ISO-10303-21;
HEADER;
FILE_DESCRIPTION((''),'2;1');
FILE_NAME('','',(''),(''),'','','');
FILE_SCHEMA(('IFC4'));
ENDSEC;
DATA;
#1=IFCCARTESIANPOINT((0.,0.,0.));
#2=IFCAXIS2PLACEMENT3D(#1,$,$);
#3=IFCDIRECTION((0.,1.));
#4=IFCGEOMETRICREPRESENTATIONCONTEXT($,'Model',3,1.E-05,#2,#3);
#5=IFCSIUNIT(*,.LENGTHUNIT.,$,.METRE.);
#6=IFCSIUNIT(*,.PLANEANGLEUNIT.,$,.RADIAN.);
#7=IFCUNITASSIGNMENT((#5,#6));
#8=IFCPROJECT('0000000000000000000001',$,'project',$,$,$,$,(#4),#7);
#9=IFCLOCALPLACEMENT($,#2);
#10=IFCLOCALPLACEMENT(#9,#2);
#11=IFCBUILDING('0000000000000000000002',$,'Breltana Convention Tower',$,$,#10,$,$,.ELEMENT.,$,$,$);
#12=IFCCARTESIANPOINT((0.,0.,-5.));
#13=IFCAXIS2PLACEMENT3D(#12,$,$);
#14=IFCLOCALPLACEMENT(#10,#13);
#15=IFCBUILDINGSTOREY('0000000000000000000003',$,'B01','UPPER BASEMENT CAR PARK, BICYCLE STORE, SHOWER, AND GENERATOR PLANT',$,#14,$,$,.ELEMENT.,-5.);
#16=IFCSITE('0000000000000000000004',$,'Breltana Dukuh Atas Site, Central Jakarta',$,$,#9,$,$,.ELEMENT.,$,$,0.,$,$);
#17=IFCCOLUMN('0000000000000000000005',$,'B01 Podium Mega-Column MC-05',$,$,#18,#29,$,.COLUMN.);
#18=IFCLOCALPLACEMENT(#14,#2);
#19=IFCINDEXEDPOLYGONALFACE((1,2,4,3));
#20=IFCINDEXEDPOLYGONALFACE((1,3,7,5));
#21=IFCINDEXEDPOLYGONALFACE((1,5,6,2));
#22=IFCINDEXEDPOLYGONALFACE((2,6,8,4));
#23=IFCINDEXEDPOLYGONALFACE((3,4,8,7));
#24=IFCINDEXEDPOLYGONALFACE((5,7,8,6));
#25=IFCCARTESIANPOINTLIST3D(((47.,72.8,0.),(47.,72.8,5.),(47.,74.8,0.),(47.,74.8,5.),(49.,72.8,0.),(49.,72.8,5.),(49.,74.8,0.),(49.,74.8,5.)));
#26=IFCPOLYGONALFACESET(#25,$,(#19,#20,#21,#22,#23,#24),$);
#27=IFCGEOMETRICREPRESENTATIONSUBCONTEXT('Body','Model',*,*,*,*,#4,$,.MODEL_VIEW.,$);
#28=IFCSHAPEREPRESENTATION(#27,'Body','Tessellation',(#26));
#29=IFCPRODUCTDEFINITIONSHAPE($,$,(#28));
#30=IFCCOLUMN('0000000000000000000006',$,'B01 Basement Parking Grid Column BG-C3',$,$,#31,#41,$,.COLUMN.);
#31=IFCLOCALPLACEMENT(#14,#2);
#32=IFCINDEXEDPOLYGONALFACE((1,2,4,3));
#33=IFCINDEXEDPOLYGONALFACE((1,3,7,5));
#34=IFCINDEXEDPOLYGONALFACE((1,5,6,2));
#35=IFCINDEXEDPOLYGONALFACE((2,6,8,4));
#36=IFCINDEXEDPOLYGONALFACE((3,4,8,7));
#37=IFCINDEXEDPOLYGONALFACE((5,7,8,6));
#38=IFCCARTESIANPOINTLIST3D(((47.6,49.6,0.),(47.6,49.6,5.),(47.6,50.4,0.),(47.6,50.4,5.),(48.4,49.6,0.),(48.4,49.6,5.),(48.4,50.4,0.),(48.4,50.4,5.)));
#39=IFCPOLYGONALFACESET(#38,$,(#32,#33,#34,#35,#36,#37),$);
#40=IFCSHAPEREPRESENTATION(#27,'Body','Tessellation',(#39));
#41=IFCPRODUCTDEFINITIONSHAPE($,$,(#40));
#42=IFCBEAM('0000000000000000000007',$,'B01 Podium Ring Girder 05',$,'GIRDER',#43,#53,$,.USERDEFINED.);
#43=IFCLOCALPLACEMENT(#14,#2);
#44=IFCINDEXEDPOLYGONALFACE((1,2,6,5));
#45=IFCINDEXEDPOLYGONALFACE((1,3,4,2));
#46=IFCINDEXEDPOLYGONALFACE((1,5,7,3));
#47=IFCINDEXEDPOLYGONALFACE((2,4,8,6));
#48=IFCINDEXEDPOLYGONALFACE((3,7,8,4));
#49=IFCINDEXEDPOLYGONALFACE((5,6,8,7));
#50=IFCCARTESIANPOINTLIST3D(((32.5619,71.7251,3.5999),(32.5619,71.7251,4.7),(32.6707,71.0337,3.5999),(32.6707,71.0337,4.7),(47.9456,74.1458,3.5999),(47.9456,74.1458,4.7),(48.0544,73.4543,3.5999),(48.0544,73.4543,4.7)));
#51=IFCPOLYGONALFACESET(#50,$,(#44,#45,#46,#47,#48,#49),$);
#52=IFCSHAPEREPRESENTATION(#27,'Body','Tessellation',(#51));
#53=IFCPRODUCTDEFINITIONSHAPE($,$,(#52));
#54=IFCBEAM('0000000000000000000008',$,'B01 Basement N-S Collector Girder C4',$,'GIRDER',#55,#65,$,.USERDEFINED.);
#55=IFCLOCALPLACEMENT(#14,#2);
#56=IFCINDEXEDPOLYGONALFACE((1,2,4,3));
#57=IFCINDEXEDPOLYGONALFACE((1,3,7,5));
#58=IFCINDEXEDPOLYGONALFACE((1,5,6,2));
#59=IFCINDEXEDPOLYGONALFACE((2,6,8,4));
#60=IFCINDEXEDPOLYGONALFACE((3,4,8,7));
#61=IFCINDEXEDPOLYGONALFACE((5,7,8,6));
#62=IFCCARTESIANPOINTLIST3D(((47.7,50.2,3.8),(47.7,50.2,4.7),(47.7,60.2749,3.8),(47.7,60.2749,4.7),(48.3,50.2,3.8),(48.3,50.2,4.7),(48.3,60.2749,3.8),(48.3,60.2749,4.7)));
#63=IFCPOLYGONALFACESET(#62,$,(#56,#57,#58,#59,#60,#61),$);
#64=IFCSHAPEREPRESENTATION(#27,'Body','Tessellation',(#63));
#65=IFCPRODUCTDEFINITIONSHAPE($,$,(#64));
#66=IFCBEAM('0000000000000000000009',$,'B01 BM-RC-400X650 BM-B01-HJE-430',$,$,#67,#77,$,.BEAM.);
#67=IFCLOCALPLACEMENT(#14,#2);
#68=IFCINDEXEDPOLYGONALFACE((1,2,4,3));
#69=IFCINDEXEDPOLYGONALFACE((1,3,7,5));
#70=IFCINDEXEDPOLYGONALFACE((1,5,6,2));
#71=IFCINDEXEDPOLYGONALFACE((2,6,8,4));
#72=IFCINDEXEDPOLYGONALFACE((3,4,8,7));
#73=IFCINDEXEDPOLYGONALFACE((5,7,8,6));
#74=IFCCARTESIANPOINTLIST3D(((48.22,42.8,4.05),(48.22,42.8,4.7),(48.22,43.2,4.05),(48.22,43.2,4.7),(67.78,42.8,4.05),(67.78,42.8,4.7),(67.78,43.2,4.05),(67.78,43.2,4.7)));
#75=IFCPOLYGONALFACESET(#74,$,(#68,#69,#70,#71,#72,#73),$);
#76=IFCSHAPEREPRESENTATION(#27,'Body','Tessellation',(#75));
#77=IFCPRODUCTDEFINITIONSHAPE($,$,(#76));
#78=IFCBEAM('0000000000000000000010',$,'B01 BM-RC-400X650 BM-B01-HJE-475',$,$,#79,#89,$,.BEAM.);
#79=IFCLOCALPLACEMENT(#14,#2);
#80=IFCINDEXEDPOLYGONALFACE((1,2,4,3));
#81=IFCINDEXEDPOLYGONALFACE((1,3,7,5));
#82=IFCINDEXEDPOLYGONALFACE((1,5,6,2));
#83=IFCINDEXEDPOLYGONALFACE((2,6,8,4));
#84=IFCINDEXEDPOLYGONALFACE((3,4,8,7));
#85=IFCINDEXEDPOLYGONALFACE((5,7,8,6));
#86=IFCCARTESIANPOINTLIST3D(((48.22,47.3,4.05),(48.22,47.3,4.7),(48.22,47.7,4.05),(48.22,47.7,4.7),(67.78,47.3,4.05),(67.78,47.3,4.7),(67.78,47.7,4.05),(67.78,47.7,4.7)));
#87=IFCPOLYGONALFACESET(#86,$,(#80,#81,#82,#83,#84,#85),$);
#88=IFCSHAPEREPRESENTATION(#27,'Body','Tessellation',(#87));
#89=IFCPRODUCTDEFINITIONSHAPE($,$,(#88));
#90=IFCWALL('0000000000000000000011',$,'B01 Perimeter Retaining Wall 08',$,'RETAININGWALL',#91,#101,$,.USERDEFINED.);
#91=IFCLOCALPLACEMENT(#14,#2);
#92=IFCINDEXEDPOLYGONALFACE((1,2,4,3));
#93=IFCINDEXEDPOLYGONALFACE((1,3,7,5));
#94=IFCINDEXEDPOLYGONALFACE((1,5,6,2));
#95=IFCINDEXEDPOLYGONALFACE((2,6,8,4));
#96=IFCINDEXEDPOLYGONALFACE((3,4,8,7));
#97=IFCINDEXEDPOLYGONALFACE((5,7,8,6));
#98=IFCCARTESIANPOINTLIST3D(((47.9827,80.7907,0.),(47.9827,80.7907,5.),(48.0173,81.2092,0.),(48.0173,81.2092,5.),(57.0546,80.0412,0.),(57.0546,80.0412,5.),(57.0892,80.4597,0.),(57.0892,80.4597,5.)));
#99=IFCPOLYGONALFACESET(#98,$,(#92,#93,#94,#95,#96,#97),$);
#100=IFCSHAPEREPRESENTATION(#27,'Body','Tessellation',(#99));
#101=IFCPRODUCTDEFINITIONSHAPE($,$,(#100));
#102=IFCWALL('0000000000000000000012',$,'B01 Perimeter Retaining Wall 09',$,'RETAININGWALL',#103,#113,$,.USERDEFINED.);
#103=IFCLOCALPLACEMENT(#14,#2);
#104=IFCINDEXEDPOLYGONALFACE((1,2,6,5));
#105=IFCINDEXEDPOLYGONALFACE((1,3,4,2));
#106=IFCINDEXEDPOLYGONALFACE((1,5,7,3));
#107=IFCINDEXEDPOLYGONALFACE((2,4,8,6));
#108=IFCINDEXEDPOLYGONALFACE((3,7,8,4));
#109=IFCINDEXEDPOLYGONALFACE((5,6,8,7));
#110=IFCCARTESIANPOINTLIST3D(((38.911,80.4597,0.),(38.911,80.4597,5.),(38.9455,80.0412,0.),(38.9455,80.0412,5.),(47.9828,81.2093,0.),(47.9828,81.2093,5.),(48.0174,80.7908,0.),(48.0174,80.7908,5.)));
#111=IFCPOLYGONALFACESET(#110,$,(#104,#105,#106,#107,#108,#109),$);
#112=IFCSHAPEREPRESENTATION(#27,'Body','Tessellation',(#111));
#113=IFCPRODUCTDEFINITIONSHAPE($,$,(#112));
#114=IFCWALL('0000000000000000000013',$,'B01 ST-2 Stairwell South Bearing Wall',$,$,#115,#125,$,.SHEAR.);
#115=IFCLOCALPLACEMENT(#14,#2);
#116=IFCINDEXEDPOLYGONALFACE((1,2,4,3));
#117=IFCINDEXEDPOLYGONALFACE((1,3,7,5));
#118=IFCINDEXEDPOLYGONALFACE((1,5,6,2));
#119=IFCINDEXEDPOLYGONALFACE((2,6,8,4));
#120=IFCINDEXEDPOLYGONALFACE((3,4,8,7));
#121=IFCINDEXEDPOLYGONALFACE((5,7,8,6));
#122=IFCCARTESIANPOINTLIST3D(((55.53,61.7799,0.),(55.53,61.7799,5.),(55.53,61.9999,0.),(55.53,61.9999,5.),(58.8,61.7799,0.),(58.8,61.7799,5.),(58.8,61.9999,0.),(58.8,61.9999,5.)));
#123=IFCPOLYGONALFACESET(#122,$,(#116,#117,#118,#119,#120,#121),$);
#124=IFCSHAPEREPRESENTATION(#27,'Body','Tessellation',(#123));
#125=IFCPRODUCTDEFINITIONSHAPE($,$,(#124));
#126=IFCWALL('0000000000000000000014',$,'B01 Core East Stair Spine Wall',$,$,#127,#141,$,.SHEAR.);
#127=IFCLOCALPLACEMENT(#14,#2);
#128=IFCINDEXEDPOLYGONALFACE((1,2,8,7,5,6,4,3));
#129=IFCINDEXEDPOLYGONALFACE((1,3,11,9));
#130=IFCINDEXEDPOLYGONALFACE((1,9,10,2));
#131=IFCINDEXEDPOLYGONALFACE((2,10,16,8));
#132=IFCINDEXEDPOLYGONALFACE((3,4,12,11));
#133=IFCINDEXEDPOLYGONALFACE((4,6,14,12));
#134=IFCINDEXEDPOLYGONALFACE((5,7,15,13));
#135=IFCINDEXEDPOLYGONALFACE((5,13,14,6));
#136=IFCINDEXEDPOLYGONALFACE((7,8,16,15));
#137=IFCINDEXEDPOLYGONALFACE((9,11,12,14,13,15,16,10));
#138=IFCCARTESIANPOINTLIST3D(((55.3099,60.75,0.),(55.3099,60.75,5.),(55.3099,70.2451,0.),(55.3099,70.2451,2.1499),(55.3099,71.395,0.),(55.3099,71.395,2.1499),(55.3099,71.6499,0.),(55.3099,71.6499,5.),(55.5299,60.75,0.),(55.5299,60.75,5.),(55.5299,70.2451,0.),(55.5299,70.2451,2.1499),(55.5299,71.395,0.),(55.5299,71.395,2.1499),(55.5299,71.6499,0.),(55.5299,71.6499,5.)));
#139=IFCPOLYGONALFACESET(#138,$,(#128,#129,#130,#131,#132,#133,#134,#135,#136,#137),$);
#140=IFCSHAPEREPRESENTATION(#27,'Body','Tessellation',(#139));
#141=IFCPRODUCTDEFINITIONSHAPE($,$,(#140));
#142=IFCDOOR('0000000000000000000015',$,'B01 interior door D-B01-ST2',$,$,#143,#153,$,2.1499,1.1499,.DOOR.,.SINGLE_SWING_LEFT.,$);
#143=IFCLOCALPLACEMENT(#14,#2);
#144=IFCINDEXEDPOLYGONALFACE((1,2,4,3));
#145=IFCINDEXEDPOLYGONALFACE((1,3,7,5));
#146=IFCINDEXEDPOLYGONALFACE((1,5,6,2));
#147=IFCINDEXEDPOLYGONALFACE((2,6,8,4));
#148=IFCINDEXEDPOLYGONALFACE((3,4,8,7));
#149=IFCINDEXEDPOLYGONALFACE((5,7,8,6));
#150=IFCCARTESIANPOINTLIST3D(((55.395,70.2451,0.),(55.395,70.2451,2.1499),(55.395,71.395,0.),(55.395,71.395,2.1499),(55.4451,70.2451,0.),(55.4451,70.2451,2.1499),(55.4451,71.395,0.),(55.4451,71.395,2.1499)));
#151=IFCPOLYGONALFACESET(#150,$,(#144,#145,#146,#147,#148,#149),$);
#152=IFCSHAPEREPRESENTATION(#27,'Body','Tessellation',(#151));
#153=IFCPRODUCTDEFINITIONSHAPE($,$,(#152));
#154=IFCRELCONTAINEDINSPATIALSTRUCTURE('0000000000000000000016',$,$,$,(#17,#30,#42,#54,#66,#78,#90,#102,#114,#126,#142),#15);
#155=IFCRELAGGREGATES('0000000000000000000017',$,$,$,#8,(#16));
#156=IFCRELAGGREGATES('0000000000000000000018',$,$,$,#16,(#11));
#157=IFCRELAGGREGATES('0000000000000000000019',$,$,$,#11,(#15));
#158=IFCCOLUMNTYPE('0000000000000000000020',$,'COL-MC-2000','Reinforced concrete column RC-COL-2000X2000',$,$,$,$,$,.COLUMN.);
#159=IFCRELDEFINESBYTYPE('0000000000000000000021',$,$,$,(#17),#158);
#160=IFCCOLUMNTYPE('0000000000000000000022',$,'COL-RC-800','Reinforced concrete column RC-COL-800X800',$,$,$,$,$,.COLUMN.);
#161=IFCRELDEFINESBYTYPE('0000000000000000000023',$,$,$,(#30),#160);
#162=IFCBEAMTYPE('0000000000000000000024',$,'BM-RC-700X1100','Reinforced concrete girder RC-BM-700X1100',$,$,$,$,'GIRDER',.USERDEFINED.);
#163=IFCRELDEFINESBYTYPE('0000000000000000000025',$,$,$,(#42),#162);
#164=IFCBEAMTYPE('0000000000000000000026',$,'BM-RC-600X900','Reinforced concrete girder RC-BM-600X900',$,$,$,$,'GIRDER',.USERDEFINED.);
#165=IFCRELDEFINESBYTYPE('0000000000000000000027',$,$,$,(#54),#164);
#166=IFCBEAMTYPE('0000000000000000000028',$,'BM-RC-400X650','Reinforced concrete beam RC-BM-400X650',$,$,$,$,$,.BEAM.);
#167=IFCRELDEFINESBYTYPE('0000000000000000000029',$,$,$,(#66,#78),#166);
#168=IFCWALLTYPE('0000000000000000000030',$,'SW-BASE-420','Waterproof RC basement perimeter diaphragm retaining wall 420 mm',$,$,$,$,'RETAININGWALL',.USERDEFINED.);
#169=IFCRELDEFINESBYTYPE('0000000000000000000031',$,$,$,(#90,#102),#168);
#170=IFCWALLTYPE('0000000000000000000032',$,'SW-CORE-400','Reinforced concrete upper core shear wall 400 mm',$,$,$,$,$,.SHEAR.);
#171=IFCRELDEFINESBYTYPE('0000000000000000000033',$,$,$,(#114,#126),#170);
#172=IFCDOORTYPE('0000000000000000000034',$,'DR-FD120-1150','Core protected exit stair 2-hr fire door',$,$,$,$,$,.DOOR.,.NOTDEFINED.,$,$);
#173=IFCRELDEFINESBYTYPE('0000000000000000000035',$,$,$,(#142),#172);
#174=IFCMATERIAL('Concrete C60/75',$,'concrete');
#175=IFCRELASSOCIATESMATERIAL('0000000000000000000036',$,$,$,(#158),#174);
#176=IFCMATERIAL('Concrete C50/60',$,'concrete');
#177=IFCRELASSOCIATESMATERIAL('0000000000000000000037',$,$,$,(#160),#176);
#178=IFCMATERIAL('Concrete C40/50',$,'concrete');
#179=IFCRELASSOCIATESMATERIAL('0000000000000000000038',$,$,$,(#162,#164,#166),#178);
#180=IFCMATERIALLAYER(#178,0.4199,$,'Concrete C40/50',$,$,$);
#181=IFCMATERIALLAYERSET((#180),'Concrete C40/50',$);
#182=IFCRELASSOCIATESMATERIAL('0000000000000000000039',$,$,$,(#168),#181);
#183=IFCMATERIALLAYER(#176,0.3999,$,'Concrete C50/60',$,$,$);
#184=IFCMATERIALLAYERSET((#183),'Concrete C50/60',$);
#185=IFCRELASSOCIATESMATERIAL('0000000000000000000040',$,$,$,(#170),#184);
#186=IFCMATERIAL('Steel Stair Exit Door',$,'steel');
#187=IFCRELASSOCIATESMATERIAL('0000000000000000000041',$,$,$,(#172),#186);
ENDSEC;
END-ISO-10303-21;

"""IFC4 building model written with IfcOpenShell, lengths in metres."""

from ifc_helpers import new_model, si_unit, direction, frame, frame_2d, origin, origin_2d, place, context, subcontext, project, spatial, rectangle, extrude, source, transform, mapped, material, layer, layer_set, material_profile, profile_set, type_object, type_shapes, element, fill, save


model = new_model("IFC4")

# Units and contexts
model_context = context("Model", 3, precision=1e-05, world=origin(), true_north=direction((0.0, 1.0)))
body_context = subcontext(model_context, "Body", "Model", "MODEL_VIEW")
ifc_project = project(units=[si_unit("LENGTHUNIT", "METRE"), si_unit("PLANEANGLEUNIT", "RADIAN")], contexts=[model_context])

# Site, building, storey
site_placement = place(None, origin())
site = spatial("IfcSite", under=ifc_project, at=site_placement, Name="Breltana Dukuh Atas Site, Central Jakarta", CompositionType="ELEMENT", RefElevation=0.0)
building_placement = place(site_placement, origin())
building = spatial("IfcBuilding", under=site, at=building_placement, Name="Breltana Convention Tower", CompositionType="ELEMENT")
storey_placement = place(building_placement, frame((0.0, 0.0, -5.0)))
storey = spatial("IfcBuildingStorey", under=building, at=storey_placement, Name="B01", Description="UPPER BASEMENT CAR PARK, BICYCLE STORE, SHOWER, AND GENERATOR PLANT", CompositionType="ELEMENT", Elevation=-5.0)

# Columns
ifc_material_1 = material(Name="Concrete C60/75", Category="concrete")
ifc_material_profile_1 = material_profile(ifc_material_1, rectangle(XDim=2.0, YDim=2.0, at=origin_2d()), Name="RC-COL-2000X2000")
ifc_profile_set_1 = profile_set([ifc_material_profile_1], Name="Concrete C60/75")
column_type_1 = type_object("IfcColumnType", Name="COL-MC-2000", Description="Reinforced concrete column RC-COL-2000X2000", PredefinedType="COLUMN", material=ifc_profile_set_1)
shared_shape_1 = source(origin(), body_context, "Body", "SweptSolid", [
    extrude(rectangle(XDim=2.0, YDim=2.0, at=origin_2d()), origin(), (0.0, 0.0, 1.0), 5.0),
])
type_shapes(column_type_1, [shared_shape_1])
column_1_placement = place(storey_placement, frame((48.0, 73.8, 0.0), z_axis=(0.0, 0.0, 1.0), x_axis=(0.0, 1.0, 0.0)))
element("IfcColumn", 1, at=column_1_placement, inside=storey, type_object=column_type_1, Name="B01 Podium Mega-Column MC-05", PredefinedType="COLUMN", context=body_context, shape_type="MappedRepresentation", body=[
    mapped(shared_shape_1, transform((0.0, 0.0, 0.0), scale=1.0)),
])
ifc_material_2 = material(Name="Concrete C50/60", Category="concrete")
ifc_material_profile_2 = material_profile(ifc_material_2, rectangle(XDim=0.8, YDim=0.8, at=origin_2d()), Name="RC-COL-800X800")
ifc_profile_set_2 = profile_set([ifc_material_profile_2], Name="Concrete C50/60")
column_type_2 = type_object("IfcColumnType", Name="COL-RC-800", Description="Reinforced concrete column RC-COL-800X800", PredefinedType="COLUMN", material=ifc_profile_set_2)
shared_shape_2 = source(origin(), body_context, "Body", "SweptSolid", [
    extrude(rectangle(XDim=0.8, YDim=0.8, at=origin_2d()), origin(), (0.0, 0.0, 1.0), 5.0),
])
type_shapes(column_type_2, [shared_shape_2])
column_2_placement = place(storey_placement, frame((48.0, 50.0, 0.0), z_axis=(0.0, 0.0, 1.0), x_axis=(1.0, 0.0, 0.0)))
element("IfcColumn", 2, at=column_2_placement, inside=storey, type_object=column_type_2, Name="B01 Basement Parking Grid Column BG-C3", PredefinedType="COLUMN", context=body_context, shape_type="MappedRepresentation", body=[
    mapped(shared_shape_2, transform((0.0, 0.0, 0.0), scale=1.0)),
])

# Beams
ifc_material_3 = material(Name="Concrete C40/50", Category="concrete")
ifc_material_profile_3 = material_profile(ifc_material_3, rectangle(XDim=0.7, YDim=1.1001, at=origin_2d()), Name="RC-BM-700X1100")
ifc_profile_set_3 = profile_set([ifc_material_profile_3], Name="Concrete C40/50")
beam_type_1 = type_object("IfcBeamType", Name="BM-RC-700X1100", Description="Reinforced concrete girder RC-BM-700X1100", ElementType="GIRDER", PredefinedType="USERDEFINED", material=ifc_profile_set_3)
shared_shape_3 = source(origin(), body_context, "Body", "SweptSolid", [
    extrude(rectangle(XDim=0.7, YDim=1.1001, at=origin_2d()), origin(), (0.0, 0.0, 1.0), 15.573),
])
beam_1_placement = place(storey_placement, frame((48.0, 73.8, 4.1499), z_axis=(-0.987846, -0.155438, 0.0), x_axis=(0.155438, -0.987846, 0.0)))
element("IfcBeam", 3, at=beam_1_placement, inside=storey, type_object=beam_type_1, Name="B01 Podium Ring Girder 05", ObjectType="GIRDER", PredefinedType="USERDEFINED", context=body_context, shape_type="MappedRepresentation", body=[
    mapped(shared_shape_3, transform((0.0, 0.0, 0.0), scale=1.0)),
])
ifc_material_profile_4 = material_profile(ifc_material_3, rectangle(XDim=0.6001, YDim=0.8999, at=origin_2d()), Name="RC-BM-600X900")
ifc_profile_set_4 = profile_set([ifc_material_profile_4], Name="Concrete C40/50")
beam_type_2 = type_object("IfcBeamType", Name="BM-RC-600X900", Description="Reinforced concrete girder RC-BM-600X900", ElementType="GIRDER", PredefinedType="USERDEFINED", material=ifc_profile_set_4)
shared_shape_4 = source(origin(), body_context, "Body", "SweptSolid", [
    extrude(rectangle(XDim=0.6001, YDim=0.8999, at=origin_2d()), origin(), (0.0, 0.0, 1.0), 10.075),
])
beam_2_placement = place(storey_placement, frame((48.0, 50.2, 4.25), z_axis=(0.0, 1.0, 0.0), x_axis=(-1.0, 0.0, 0.0)))
element("IfcBeam", 4, at=beam_2_placement, inside=storey, type_object=beam_type_2, Name="B01 Basement N-S Collector Girder C4", ObjectType="GIRDER", PredefinedType="USERDEFINED", context=body_context, shape_type="MappedRepresentation", body=[
    mapped(shared_shape_4, transform((0.0, 0.0, 0.0), scale=1.0)),
])
ifc_material_profile_5 = material_profile(ifc_material_3, rectangle(XDim=0.3999, YDim=0.6499, at=origin_2d()), Name="RC-BM-400X650")
ifc_profile_set_5 = profile_set([ifc_material_profile_5], Name="Concrete C40/50")
beam_type_3 = type_object("IfcBeamType", Name="BM-RC-400X650", Description="Reinforced concrete beam RC-BM-400X650", PredefinedType="BEAM", material=ifc_profile_set_5)
shared_shape_5 = source(origin(), body_context, "Body", "SweptSolid", [
    extrude(rectangle(XDim=0.3999, YDim=0.6499, at=origin_2d()), origin(), (0.0, 0.0, 1.0), 19.5601),
])
type_shapes(beam_type_3, [shared_shape_5])
for number, where, z_axis, x_axis, name in (
    (5, (48.22, 43.0, 4.375), (1.0, 0.0, 0.0), (0.0, 1.0, 0.0), "B01 BM-RC-400X650 BM-B01-HJE-430"),
    (6, (48.22, 47.5, 4.375), (1.0, 0.0, 0.0), (0.0, 1.0, 0.0), "B01 BM-RC-400X650 BM-B01-HJE-475"),
):
    element("IfcBeam", number, at=place(storey_placement, frame(where, z_axis=z_axis, x_axis=x_axis)), inside=storey, type_object=beam_type_3, Name=name, PredefinedType="BEAM", context=body_context, shape_type="MappedRepresentation", body=[
        mapped(shared_shape_5, transform((0.0, 0.0, 0.0), scale=1.0)),
    ])

# Walls
ifc_layer_1 = layer(ifc_material_3, 0.4199, Name="Concrete C40/50")
ifc_layer_set_1 = layer_set([ifc_layer_1], Name="Concrete C40/50")
wall_type_1 = type_object("IfcWallType", Name="SW-BASE-420", Description="Waterproof RC basement perimeter diaphragm retaining wall 420 mm", ElementType="RETAININGWALL", PredefinedType="USERDEFINED", material=ifc_layer_set_1)
shared_shape_6 = source(origin(), body_context, "Body", "SweptSolid", [
    extrude(rectangle(XDim=9.1028, YDim=0.4199, at=frame_2d((4.5513, 0.0))), origin(), (0.0, 0.0, 1.0), 5.0),
])
for number, where, z_axis, x_axis, name in (
    (7, (57.0718, 80.2505, 0.0), (0.0, 0.0, 1.0), (-0.996604, 0.08234, 0.0), "B01 Perimeter Retaining Wall 08"),
    (8, (48.0, 81.0, 0.0), (0.0, 0.0, 1.0), (-0.996604, -0.08234, 0.0), "B01 Perimeter Retaining Wall 09"),
):
    element("IfcWall", number, at=place(storey_placement, frame(where, z_axis=z_axis, x_axis=x_axis)), inside=storey, type_object=wall_type_1, Name=name, ObjectType="RETAININGWALL", PredefinedType="USERDEFINED", context=body_context, shape_type="MappedRepresentation", body=[
        mapped(shared_shape_6, transform((0.0, 0.0, 0.0), scale=1.0)),
    ])
ifc_layer_2 = layer(ifc_material_2, 0.3999, Name="Concrete C50/60")
ifc_layer_set_2 = layer_set([ifc_layer_2], Name="Concrete C50/60")
wall_type_2 = type_object("IfcWallType", Name="SW-CORE-400", Description="Reinforced concrete upper core shear wall 400 mm", PredefinedType="SHEAR", material=ifc_layer_set_2)
shared_shape_7 = source(origin(), body_context, "Body", "SweptSolid", [
    extrude(rectangle(XDim=3.27, YDim=0.22, at=frame_2d((1.635, 0.0))), origin(), (0.0, 0.0, 1.0), 5.0),
])
type_shapes(wall_type_2, [shared_shape_7])
wall_1_placement = place(storey_placement, frame((55.53, 61.8899, 0.0), z_axis=(0.0, 0.0, 1.0), x_axis=(1.0, 0.0, 0.0)))
element("IfcWall", 9, at=wall_1_placement, inside=storey, type_object=wall_type_2, Name="B01 ST-2 Stairwell South Bearing Wall", PredefinedType="SHEAR", context=body_context, shape_type="MappedRepresentation", body=[
    mapped(shared_shape_7, transform((0.0, 0.0, 0.0), scale=1.0)),
])

# Wall, opening, door
shared_shape_8 = source(origin(), body_context, "Body", "SweptSolid", [
    extrude(rectangle(XDim=10.8999, YDim=0.22, at=frame_2d((5.45, 0.0))), origin(), (0.0, 0.0, 1.0), 5.0),
])
wall_2_placement = place(storey_placement, frame((55.4199, 60.75, 0.0), z_axis=(0.0, 0.0, 1.0), x_axis=(0.0, 1.0, 0.0)))
wall_2 = element("IfcWall", 10, at=wall_2_placement, inside=storey, type_object=wall_type_2, Name="B01 Core East Stair Spine Wall", PredefinedType="SHEAR", context=body_context, shape_type="MappedRepresentation", body=[
    mapped(shared_shape_8, transform((0.0, 0.0, 0.0), scale=1.0)),
])
opening_1_placement = place(wall_2_placement, frame((9.4951, 0.0, 0.0)))
opening_1 = element("IfcOpeningElement", 11, at=opening_1_placement, cuts=wall_2, PredefinedType="OPENING", context=body_context, shape_type="SweptSolid", body=[
    extrude(rectangle(XDim=1.1499, YDim=2.1499, at=frame_2d((0.575, 1.075))), frame((0.0, 0.1201, 0.0), z_axis=(0.0, -1.0, 0.0), x_axis=(1.0, 0.0, 0.0)), (0.0, 0.0, 1.0), 0.24),
])
ifc_material_4 = material(Name="Steel Stair Exit Door", Category="steel")
door_type_1 = type_object("IfcDoorType", Name="DR-FD120-1150", Description="Core protected exit stair 2-hr fire door", OperationType="NOTDEFINED", PredefinedType="DOOR", material=ifc_material_4)
shared_shape_9 = source(origin(), body_context, "Body", "SweptSolid", [
    extrude(rectangle(XDim=1.1499, YDim=2.1499, at=frame_2d((0.575, 1.075))), frame((0.0, 0.0249, 0.0), z_axis=(0.0, -1.0, 0.0), x_axis=(1.0, 0.0, 0.0)), (0.0, 0.0, 1.0), 0.05),
])
type_shapes(door_type_1, [shared_shape_9])
door_1_placement = place(opening_1_placement, origin())
door_1 = element("IfcDoor", 12, at=door_1_placement, inside=storey, type_object=door_type_1, Name="B01 interior door D-B01-ST2", OperationType="SINGLE_SWING_LEFT", OverallHeight=2.1499, OverallWidth=1.1499, PredefinedType="DOOR", context=body_context, shape_type="MappedRepresentation", body=[
    mapped(shared_shape_9, transform((0.0, 0.0, 0.0), scale=1.0)),
])
fill(opening_1, door_1)

save(model, "model.ifc")
